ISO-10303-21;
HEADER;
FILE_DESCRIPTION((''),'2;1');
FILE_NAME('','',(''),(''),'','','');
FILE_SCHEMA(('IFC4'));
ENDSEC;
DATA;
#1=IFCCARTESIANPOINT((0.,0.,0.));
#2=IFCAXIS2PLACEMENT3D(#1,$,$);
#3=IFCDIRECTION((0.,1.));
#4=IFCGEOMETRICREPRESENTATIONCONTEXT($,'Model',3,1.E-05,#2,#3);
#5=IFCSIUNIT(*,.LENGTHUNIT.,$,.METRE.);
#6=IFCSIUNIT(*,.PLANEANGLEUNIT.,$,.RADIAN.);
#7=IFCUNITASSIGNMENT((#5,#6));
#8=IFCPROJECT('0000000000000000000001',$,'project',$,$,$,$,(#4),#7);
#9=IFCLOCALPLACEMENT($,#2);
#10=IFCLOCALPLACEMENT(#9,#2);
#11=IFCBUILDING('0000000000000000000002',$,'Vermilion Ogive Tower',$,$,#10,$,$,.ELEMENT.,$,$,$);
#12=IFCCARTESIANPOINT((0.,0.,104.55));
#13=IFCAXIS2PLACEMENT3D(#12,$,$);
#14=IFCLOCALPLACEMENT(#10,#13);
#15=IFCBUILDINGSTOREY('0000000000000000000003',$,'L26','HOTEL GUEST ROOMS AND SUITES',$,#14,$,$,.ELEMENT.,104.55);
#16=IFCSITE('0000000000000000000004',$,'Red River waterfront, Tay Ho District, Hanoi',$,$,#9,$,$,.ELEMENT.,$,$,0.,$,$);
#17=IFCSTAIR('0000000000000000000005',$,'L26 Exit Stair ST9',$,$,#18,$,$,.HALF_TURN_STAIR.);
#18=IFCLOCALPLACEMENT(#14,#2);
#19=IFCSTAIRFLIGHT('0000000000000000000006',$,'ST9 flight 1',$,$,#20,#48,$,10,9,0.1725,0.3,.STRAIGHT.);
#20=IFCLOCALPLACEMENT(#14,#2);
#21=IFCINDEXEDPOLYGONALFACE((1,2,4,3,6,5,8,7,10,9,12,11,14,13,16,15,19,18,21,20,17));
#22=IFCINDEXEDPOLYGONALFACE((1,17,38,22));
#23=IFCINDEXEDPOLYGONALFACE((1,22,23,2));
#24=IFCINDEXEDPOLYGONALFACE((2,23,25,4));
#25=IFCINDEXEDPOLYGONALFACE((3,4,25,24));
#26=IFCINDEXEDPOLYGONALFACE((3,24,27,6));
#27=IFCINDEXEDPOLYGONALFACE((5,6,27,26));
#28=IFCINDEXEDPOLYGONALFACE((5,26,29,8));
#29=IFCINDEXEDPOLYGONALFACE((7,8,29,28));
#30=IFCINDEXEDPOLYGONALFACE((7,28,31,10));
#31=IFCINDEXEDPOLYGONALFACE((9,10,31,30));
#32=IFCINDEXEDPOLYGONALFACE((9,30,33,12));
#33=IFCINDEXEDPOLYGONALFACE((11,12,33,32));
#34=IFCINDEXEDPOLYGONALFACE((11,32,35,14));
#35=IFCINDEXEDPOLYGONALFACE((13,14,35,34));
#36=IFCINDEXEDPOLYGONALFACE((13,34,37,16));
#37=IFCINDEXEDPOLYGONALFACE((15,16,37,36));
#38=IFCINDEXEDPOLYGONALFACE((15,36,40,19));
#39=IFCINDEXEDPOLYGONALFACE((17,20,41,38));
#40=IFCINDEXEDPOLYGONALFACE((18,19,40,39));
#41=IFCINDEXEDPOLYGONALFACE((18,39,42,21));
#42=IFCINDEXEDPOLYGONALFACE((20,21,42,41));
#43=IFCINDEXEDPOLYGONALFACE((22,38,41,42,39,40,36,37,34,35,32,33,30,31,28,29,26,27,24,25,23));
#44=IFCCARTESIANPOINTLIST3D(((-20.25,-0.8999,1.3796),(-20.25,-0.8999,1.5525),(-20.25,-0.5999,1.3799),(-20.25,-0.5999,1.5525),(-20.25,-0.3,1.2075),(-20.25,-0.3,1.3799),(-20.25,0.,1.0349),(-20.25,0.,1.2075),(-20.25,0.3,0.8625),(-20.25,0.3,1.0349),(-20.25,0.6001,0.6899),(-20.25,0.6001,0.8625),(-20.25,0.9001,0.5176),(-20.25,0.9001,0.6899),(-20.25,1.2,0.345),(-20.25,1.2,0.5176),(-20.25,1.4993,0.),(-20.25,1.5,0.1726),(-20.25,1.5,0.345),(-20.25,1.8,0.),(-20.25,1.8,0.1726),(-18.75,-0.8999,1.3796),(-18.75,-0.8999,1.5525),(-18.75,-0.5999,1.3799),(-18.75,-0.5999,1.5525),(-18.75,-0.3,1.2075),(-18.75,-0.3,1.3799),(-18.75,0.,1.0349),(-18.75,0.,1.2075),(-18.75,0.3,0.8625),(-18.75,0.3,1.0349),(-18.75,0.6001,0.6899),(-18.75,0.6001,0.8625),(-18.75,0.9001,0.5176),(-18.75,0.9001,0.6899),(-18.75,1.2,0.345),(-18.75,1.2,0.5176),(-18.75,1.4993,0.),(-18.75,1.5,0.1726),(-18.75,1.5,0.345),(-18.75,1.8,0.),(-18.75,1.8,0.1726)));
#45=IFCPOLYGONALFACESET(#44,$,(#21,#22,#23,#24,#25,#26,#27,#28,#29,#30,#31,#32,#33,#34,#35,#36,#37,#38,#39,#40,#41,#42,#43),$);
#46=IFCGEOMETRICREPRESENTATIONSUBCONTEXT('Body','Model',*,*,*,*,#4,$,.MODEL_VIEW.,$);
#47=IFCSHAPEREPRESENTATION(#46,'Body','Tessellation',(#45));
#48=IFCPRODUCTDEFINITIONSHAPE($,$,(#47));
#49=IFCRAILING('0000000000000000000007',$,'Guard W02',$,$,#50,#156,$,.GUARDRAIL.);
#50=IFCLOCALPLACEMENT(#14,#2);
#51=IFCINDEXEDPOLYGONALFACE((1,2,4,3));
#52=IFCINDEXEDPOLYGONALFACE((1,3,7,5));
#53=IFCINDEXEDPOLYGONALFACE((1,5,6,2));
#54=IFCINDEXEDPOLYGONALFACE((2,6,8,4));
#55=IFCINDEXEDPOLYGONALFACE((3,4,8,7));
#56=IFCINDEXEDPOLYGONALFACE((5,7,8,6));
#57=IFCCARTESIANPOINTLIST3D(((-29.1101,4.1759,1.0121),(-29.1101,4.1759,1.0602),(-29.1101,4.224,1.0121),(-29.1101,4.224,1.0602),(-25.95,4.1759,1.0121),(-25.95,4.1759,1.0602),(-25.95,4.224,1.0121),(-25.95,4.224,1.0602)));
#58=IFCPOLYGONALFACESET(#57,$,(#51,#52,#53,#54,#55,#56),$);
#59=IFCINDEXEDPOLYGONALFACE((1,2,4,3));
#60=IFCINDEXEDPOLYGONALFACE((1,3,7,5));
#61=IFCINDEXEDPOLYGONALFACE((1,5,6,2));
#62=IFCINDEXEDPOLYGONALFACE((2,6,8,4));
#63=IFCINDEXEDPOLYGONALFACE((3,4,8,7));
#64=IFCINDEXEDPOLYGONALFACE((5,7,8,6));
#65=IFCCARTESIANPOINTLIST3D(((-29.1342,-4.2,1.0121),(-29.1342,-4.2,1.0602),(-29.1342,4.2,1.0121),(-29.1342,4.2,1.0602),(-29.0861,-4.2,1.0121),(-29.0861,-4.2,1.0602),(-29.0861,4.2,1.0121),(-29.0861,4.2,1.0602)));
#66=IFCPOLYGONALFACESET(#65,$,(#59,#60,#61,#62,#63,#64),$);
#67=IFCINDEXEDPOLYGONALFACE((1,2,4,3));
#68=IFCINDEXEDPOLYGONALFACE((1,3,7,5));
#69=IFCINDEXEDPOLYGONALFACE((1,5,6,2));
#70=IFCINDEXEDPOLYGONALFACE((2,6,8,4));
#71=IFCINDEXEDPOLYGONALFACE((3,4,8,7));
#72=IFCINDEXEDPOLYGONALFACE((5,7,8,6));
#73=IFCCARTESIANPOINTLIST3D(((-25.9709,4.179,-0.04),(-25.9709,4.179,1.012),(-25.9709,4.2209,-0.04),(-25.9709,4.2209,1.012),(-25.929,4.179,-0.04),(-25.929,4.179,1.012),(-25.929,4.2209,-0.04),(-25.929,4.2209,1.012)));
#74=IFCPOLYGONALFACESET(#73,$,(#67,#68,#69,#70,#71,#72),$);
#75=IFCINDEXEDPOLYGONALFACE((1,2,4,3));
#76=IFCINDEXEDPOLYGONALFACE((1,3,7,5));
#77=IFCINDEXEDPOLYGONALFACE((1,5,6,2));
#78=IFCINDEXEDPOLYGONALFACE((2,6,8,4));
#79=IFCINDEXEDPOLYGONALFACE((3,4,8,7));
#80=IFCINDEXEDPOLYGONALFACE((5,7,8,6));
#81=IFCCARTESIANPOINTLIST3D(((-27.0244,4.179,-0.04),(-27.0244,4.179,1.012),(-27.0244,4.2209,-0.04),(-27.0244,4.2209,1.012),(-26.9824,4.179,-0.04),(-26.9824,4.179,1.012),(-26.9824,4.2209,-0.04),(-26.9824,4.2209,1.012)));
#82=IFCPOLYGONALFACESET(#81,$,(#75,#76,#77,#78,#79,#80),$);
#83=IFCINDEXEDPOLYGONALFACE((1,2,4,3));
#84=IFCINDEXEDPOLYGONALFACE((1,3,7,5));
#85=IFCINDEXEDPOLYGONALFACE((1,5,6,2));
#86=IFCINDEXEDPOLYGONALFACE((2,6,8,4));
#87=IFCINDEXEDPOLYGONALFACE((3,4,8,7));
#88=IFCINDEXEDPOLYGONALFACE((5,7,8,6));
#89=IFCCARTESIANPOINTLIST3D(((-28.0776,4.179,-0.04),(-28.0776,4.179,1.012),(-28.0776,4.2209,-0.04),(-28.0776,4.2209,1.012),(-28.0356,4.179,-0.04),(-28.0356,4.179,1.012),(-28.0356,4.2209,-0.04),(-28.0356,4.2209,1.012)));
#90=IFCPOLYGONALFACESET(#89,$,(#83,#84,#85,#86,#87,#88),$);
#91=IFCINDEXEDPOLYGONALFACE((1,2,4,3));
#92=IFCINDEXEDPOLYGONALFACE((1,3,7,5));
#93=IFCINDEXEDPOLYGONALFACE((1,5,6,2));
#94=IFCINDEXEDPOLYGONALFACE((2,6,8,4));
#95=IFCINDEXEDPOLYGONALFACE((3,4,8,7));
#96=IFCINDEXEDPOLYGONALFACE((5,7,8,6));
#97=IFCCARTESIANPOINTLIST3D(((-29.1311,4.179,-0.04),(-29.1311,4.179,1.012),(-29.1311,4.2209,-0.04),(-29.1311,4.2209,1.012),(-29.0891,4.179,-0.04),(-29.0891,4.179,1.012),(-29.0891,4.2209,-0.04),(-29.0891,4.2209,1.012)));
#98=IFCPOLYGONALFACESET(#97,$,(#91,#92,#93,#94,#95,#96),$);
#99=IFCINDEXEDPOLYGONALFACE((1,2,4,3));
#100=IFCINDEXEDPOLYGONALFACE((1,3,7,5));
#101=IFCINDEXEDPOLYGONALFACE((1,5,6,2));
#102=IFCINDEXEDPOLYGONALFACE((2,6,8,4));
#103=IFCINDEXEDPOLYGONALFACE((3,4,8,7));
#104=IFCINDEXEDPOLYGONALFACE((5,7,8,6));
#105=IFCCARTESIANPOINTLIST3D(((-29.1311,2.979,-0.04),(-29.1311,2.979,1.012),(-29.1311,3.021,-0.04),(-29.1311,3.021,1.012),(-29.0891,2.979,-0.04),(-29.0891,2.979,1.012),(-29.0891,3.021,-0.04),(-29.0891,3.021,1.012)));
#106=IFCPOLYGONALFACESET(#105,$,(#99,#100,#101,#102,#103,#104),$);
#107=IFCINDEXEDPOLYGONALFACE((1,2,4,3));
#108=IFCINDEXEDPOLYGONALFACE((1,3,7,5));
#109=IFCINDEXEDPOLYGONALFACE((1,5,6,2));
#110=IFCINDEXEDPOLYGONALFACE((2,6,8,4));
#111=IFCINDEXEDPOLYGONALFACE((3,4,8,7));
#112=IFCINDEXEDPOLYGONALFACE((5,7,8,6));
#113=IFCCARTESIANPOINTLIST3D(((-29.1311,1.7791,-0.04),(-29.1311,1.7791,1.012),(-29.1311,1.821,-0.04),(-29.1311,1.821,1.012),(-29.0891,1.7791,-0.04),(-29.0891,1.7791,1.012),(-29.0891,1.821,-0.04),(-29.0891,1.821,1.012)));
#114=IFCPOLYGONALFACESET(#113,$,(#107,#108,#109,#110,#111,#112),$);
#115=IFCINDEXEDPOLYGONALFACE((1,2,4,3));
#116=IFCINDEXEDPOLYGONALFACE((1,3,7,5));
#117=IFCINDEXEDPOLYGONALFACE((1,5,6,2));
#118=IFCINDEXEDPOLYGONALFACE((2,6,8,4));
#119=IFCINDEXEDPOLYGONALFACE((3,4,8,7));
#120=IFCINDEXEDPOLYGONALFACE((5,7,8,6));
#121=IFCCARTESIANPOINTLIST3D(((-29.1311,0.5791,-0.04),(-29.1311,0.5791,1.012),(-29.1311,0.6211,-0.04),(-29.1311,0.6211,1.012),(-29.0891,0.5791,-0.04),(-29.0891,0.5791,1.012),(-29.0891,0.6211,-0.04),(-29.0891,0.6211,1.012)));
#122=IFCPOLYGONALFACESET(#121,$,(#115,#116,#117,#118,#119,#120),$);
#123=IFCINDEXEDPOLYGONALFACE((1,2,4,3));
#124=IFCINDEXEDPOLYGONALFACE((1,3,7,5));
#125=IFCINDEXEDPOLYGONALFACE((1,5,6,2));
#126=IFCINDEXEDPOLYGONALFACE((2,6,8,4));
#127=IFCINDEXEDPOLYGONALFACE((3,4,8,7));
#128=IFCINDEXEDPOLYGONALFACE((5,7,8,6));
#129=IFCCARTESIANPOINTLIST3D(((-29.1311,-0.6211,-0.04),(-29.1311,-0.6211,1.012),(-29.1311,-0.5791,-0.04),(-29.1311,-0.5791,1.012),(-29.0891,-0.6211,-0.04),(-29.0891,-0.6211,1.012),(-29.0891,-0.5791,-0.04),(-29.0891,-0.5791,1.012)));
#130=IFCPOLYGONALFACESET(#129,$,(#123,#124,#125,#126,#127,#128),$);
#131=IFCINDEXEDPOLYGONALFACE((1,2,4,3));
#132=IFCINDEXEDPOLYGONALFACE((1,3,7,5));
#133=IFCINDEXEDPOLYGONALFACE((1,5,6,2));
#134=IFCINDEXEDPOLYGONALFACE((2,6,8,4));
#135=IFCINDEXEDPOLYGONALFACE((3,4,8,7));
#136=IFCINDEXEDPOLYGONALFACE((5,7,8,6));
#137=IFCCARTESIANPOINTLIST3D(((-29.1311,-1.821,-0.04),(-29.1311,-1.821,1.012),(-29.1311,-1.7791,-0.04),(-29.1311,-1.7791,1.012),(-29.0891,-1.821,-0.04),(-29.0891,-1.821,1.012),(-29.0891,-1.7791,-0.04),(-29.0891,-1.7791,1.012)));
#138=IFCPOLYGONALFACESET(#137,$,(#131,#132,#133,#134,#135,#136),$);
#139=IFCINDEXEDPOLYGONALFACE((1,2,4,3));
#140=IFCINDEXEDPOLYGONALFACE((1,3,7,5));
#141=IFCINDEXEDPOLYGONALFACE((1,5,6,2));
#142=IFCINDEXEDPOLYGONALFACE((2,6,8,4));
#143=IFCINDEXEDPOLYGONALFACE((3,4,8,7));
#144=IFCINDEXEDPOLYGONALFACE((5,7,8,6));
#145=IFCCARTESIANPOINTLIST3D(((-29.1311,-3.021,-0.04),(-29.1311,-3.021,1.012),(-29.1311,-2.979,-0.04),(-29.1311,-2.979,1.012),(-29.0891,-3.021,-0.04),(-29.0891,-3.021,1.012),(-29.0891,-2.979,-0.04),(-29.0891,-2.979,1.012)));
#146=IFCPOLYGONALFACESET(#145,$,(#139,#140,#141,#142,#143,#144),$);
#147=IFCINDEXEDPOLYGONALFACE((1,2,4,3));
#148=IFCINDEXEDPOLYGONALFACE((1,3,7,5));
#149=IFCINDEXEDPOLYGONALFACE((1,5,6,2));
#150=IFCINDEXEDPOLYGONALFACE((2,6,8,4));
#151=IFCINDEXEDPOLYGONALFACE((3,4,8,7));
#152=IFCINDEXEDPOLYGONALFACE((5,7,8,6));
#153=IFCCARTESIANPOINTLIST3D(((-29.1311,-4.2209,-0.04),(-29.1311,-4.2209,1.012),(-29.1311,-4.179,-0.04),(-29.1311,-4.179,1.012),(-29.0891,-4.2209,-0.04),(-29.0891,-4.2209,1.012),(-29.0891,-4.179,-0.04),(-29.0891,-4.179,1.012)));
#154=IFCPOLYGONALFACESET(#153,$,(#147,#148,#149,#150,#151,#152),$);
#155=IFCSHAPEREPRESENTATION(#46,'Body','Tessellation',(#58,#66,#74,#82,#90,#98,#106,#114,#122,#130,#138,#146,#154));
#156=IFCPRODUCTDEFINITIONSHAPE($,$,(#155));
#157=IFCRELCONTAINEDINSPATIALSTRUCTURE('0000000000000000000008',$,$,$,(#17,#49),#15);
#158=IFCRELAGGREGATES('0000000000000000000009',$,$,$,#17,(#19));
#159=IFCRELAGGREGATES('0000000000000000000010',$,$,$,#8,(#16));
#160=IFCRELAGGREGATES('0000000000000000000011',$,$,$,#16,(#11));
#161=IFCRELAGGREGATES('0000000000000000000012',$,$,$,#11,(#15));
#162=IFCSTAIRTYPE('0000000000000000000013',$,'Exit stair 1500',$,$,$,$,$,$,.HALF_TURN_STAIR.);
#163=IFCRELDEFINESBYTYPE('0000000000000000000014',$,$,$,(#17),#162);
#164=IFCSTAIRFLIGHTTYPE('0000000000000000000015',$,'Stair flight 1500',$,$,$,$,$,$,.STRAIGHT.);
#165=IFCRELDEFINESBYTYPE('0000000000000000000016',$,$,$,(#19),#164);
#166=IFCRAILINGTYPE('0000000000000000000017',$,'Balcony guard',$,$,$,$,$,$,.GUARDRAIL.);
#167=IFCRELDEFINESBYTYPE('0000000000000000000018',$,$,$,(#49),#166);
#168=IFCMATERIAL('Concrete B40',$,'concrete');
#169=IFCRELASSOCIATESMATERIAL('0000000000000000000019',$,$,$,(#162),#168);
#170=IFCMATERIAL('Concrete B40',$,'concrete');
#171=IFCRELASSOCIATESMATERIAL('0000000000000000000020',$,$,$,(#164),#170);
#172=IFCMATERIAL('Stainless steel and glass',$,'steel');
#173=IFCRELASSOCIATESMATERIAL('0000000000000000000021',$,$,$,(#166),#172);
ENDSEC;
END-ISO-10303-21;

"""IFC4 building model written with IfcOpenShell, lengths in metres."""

from ifc_helpers import new_model, si_unit, direction, frame, origin, origin_2d, place, context, subcontext, project, spatial, polyline, rectangle, outline, extrude, material, type_object, element, aggregate, save


model = new_model("IFC4")

# Units and contexts
model_context = context("Model", 3, precision=1e-05, world=origin(), true_north=direction((0.0, 1.0)))
body_context = subcontext(model_context, "Body", "Model", "MODEL_VIEW")
ifc_project = project(units=[si_unit("LENGTHUNIT", "METRE"), si_unit("PLANEANGLEUNIT", "RADIAN")], contexts=[model_context])

# Site, building, storey
site_placement = place(None, origin())
site = spatial("IfcSite", under=ifc_project, at=site_placement, Name="Red River waterfront, Tay Ho District, Hanoi", CompositionType="ELEMENT", RefElevation=0.0)
building_placement = place(site_placement, origin())
building = spatial("IfcBuilding", under=site, at=building_placement, Name="Vermilion Ogive Tower", CompositionType="ELEMENT")
storey_placement = place(building_placement, frame((0.0, 0.0, 104.55)))
storey = spatial("IfcBuildingStorey", under=building, at=storey_placement, Name="L26", Description="HOTEL GUEST ROOMS AND SUITES", CompositionType="ELEMENT", Elevation=104.55)

# Stair, stair flight
ifc_material_1 = material(Name="Concrete B40", Category="concrete")
stair_type = type_object("IfcStairType", Name="Exit stair 1500", PredefinedType="HALF_TURN_STAIR", material=ifc_material_1)
stair_placement = place(storey_placement, origin())
stair = element("IfcStair", 1, at=stair_placement, inside=storey, type_object=stair_type, Name="L26 Exit Stair ST9", PredefinedType="HALF_TURN_STAIR")
ifc_material_2 = material(Name="Concrete B40", Category="concrete")
stair_flight_type = type_object("IfcStairFlightType", Name="Stair flight 1500", PredefinedType="STRAIGHT", material=ifc_material_2)
stair_flight_placement = place(storey_placement, frame((-19.5, 1.8, 0.0), z_axis=(0.0, 0.0, 1.0), x_axis=(0.0, -1.0, 0.0)))
stair_flight = element("IfcStairFlight", 2, at=stair_flight_placement, type_object=stair_flight_type, Name="ST9 flight 1", NumberOfRisers=10, NumberOfTreads=9, PredefinedType="STRAIGHT", RiserHeight=0.1725, TreadLength=0.3, context=body_context, shape_type="SweptSolid", body=[
    extrude(outline(polyline([(0.0, 0.0), (0.0, 0.1726), (0.3, 0.1726), (0.3, 0.345), (0.6001, 0.345), (0.6001, 0.5176), (0.8999, 0.5176), (0.8999, 0.6899), (1.2, 0.6899), (1.2, 0.8625), (1.5, 0.8625), (1.5, 1.0349), (1.8, 1.0349), (1.8, 1.2075), (2.1001, 1.2075), (2.1001, 1.3799), (2.3999, 1.3799), (2.3999, 1.5525), (2.7, 1.5525), (2.7, 1.7251), (2.7, 1.3796), (0.3008, 0.0), (0.0, 0.0)])), frame((0.0, 0.75, 0.0), z_axis=(0.0, -1.0, 0.0), x_axis=(1.0, 0.0, 0.0)), (0.0, 0.0, 1.0), 1.5),
])
aggregate(stair, [stair_flight])

# Railing
ifc_material_3 = material(Name="Stainless steel and glass", Category="steel")
railing_type_1 = type_object("IfcRailingType", Name="Balcony guard", PredefinedType="GUARDRAIL", material=ifc_material_3)
railing_1_placement = place(storey_placement, frame((-25.95, 4.2, -0.04)))
element("IfcRailing", 3, at=railing_1_placement, inside=storey, type_object=railing_type_1, Name="Guard W02", PredefinedType="GUARDRAIL", context=body_context, shape_type="SweptSolid", body=[
    extrude(rectangle(XDim=0.0481, YDim=0.0481, at=origin_2d()), frame((0.0, 0.0, 1.0762), z_axis=(-1.0, 0.0, 0.0), x_axis=(0.0, -1.0, 0.0)), (0.0, 0.0, 1.0), 3.1602),
    extrude(rectangle(XDim=0.0481, YDim=0.0481, at=origin_2d()), frame((-3.1602, 0.0, 1.0762), z_axis=(0.0, -1.0, 0.0), x_axis=(1.0, 0.0, 0.0)), (0.0, 0.0, 1.0), 8.3999),
    extrude(rectangle(XDim=0.042, YDim=0.042, at=origin_2d()), origin(), (0.0, 0.0, 1.0), 1.052),
    extrude(rectangle(XDim=0.042, YDim=0.042, at=origin_2d()), frame((-1.0535, 0.0, 0.0)), (0.0, 0.0, 1.0), 1.052),
    extrude(rectangle(XDim=0.042, YDim=0.042, at=origin_2d()), frame((-2.1067, 0.0, 0.0)), (0.0, 0.0, 1.0), 1.052),
    extrude(rectangle(XDim=0.042, YDim=0.042, at=origin_2d()), frame((-3.1602, 0.0, 0.0)), (0.0, 0.0, 1.0), 1.052),
    extrude(rectangle(XDim=0.042, YDim=0.042, at=origin_2d()), frame((-3.1602, -1.2, 0.0)), (0.0, 0.0, 1.0), 1.052),
    extrude(rectangle(XDim=0.042, YDim=0.042, at=origin_2d()), frame((-3.1602, -2.3999, 0.0)), (0.0, 0.0, 1.0), 1.052),
    extrude(rectangle(XDim=0.042, YDim=0.042, at=origin_2d()), frame((-3.1602, -3.5999, 0.0)), (0.0, 0.0, 1.0), 1.052),
    extrude(rectangle(XDim=0.042, YDim=0.042, at=origin_2d()), frame((-3.1602, -4.8, 0.0)), (0.0, 0.0, 1.0), 1.052),
    extrude(rectangle(XDim=0.042, YDim=0.042, at=origin_2d()), frame((-3.1602, -6.0, 0.0)), (0.0, 0.0, 1.0), 1.052),
    extrude(rectangle(XDim=0.042, YDim=0.042, at=origin_2d()), frame((-3.1602, -7.2, 0.0)), (0.0, 0.0, 1.0), 1.052),
    extrude(rectangle(XDim=0.042, YDim=0.042, at=origin_2d()), frame((-3.1602, -8.3999, 0.0)), (0.0, 0.0, 1.0), 1.052),
])

save(model, "model.ifc")
